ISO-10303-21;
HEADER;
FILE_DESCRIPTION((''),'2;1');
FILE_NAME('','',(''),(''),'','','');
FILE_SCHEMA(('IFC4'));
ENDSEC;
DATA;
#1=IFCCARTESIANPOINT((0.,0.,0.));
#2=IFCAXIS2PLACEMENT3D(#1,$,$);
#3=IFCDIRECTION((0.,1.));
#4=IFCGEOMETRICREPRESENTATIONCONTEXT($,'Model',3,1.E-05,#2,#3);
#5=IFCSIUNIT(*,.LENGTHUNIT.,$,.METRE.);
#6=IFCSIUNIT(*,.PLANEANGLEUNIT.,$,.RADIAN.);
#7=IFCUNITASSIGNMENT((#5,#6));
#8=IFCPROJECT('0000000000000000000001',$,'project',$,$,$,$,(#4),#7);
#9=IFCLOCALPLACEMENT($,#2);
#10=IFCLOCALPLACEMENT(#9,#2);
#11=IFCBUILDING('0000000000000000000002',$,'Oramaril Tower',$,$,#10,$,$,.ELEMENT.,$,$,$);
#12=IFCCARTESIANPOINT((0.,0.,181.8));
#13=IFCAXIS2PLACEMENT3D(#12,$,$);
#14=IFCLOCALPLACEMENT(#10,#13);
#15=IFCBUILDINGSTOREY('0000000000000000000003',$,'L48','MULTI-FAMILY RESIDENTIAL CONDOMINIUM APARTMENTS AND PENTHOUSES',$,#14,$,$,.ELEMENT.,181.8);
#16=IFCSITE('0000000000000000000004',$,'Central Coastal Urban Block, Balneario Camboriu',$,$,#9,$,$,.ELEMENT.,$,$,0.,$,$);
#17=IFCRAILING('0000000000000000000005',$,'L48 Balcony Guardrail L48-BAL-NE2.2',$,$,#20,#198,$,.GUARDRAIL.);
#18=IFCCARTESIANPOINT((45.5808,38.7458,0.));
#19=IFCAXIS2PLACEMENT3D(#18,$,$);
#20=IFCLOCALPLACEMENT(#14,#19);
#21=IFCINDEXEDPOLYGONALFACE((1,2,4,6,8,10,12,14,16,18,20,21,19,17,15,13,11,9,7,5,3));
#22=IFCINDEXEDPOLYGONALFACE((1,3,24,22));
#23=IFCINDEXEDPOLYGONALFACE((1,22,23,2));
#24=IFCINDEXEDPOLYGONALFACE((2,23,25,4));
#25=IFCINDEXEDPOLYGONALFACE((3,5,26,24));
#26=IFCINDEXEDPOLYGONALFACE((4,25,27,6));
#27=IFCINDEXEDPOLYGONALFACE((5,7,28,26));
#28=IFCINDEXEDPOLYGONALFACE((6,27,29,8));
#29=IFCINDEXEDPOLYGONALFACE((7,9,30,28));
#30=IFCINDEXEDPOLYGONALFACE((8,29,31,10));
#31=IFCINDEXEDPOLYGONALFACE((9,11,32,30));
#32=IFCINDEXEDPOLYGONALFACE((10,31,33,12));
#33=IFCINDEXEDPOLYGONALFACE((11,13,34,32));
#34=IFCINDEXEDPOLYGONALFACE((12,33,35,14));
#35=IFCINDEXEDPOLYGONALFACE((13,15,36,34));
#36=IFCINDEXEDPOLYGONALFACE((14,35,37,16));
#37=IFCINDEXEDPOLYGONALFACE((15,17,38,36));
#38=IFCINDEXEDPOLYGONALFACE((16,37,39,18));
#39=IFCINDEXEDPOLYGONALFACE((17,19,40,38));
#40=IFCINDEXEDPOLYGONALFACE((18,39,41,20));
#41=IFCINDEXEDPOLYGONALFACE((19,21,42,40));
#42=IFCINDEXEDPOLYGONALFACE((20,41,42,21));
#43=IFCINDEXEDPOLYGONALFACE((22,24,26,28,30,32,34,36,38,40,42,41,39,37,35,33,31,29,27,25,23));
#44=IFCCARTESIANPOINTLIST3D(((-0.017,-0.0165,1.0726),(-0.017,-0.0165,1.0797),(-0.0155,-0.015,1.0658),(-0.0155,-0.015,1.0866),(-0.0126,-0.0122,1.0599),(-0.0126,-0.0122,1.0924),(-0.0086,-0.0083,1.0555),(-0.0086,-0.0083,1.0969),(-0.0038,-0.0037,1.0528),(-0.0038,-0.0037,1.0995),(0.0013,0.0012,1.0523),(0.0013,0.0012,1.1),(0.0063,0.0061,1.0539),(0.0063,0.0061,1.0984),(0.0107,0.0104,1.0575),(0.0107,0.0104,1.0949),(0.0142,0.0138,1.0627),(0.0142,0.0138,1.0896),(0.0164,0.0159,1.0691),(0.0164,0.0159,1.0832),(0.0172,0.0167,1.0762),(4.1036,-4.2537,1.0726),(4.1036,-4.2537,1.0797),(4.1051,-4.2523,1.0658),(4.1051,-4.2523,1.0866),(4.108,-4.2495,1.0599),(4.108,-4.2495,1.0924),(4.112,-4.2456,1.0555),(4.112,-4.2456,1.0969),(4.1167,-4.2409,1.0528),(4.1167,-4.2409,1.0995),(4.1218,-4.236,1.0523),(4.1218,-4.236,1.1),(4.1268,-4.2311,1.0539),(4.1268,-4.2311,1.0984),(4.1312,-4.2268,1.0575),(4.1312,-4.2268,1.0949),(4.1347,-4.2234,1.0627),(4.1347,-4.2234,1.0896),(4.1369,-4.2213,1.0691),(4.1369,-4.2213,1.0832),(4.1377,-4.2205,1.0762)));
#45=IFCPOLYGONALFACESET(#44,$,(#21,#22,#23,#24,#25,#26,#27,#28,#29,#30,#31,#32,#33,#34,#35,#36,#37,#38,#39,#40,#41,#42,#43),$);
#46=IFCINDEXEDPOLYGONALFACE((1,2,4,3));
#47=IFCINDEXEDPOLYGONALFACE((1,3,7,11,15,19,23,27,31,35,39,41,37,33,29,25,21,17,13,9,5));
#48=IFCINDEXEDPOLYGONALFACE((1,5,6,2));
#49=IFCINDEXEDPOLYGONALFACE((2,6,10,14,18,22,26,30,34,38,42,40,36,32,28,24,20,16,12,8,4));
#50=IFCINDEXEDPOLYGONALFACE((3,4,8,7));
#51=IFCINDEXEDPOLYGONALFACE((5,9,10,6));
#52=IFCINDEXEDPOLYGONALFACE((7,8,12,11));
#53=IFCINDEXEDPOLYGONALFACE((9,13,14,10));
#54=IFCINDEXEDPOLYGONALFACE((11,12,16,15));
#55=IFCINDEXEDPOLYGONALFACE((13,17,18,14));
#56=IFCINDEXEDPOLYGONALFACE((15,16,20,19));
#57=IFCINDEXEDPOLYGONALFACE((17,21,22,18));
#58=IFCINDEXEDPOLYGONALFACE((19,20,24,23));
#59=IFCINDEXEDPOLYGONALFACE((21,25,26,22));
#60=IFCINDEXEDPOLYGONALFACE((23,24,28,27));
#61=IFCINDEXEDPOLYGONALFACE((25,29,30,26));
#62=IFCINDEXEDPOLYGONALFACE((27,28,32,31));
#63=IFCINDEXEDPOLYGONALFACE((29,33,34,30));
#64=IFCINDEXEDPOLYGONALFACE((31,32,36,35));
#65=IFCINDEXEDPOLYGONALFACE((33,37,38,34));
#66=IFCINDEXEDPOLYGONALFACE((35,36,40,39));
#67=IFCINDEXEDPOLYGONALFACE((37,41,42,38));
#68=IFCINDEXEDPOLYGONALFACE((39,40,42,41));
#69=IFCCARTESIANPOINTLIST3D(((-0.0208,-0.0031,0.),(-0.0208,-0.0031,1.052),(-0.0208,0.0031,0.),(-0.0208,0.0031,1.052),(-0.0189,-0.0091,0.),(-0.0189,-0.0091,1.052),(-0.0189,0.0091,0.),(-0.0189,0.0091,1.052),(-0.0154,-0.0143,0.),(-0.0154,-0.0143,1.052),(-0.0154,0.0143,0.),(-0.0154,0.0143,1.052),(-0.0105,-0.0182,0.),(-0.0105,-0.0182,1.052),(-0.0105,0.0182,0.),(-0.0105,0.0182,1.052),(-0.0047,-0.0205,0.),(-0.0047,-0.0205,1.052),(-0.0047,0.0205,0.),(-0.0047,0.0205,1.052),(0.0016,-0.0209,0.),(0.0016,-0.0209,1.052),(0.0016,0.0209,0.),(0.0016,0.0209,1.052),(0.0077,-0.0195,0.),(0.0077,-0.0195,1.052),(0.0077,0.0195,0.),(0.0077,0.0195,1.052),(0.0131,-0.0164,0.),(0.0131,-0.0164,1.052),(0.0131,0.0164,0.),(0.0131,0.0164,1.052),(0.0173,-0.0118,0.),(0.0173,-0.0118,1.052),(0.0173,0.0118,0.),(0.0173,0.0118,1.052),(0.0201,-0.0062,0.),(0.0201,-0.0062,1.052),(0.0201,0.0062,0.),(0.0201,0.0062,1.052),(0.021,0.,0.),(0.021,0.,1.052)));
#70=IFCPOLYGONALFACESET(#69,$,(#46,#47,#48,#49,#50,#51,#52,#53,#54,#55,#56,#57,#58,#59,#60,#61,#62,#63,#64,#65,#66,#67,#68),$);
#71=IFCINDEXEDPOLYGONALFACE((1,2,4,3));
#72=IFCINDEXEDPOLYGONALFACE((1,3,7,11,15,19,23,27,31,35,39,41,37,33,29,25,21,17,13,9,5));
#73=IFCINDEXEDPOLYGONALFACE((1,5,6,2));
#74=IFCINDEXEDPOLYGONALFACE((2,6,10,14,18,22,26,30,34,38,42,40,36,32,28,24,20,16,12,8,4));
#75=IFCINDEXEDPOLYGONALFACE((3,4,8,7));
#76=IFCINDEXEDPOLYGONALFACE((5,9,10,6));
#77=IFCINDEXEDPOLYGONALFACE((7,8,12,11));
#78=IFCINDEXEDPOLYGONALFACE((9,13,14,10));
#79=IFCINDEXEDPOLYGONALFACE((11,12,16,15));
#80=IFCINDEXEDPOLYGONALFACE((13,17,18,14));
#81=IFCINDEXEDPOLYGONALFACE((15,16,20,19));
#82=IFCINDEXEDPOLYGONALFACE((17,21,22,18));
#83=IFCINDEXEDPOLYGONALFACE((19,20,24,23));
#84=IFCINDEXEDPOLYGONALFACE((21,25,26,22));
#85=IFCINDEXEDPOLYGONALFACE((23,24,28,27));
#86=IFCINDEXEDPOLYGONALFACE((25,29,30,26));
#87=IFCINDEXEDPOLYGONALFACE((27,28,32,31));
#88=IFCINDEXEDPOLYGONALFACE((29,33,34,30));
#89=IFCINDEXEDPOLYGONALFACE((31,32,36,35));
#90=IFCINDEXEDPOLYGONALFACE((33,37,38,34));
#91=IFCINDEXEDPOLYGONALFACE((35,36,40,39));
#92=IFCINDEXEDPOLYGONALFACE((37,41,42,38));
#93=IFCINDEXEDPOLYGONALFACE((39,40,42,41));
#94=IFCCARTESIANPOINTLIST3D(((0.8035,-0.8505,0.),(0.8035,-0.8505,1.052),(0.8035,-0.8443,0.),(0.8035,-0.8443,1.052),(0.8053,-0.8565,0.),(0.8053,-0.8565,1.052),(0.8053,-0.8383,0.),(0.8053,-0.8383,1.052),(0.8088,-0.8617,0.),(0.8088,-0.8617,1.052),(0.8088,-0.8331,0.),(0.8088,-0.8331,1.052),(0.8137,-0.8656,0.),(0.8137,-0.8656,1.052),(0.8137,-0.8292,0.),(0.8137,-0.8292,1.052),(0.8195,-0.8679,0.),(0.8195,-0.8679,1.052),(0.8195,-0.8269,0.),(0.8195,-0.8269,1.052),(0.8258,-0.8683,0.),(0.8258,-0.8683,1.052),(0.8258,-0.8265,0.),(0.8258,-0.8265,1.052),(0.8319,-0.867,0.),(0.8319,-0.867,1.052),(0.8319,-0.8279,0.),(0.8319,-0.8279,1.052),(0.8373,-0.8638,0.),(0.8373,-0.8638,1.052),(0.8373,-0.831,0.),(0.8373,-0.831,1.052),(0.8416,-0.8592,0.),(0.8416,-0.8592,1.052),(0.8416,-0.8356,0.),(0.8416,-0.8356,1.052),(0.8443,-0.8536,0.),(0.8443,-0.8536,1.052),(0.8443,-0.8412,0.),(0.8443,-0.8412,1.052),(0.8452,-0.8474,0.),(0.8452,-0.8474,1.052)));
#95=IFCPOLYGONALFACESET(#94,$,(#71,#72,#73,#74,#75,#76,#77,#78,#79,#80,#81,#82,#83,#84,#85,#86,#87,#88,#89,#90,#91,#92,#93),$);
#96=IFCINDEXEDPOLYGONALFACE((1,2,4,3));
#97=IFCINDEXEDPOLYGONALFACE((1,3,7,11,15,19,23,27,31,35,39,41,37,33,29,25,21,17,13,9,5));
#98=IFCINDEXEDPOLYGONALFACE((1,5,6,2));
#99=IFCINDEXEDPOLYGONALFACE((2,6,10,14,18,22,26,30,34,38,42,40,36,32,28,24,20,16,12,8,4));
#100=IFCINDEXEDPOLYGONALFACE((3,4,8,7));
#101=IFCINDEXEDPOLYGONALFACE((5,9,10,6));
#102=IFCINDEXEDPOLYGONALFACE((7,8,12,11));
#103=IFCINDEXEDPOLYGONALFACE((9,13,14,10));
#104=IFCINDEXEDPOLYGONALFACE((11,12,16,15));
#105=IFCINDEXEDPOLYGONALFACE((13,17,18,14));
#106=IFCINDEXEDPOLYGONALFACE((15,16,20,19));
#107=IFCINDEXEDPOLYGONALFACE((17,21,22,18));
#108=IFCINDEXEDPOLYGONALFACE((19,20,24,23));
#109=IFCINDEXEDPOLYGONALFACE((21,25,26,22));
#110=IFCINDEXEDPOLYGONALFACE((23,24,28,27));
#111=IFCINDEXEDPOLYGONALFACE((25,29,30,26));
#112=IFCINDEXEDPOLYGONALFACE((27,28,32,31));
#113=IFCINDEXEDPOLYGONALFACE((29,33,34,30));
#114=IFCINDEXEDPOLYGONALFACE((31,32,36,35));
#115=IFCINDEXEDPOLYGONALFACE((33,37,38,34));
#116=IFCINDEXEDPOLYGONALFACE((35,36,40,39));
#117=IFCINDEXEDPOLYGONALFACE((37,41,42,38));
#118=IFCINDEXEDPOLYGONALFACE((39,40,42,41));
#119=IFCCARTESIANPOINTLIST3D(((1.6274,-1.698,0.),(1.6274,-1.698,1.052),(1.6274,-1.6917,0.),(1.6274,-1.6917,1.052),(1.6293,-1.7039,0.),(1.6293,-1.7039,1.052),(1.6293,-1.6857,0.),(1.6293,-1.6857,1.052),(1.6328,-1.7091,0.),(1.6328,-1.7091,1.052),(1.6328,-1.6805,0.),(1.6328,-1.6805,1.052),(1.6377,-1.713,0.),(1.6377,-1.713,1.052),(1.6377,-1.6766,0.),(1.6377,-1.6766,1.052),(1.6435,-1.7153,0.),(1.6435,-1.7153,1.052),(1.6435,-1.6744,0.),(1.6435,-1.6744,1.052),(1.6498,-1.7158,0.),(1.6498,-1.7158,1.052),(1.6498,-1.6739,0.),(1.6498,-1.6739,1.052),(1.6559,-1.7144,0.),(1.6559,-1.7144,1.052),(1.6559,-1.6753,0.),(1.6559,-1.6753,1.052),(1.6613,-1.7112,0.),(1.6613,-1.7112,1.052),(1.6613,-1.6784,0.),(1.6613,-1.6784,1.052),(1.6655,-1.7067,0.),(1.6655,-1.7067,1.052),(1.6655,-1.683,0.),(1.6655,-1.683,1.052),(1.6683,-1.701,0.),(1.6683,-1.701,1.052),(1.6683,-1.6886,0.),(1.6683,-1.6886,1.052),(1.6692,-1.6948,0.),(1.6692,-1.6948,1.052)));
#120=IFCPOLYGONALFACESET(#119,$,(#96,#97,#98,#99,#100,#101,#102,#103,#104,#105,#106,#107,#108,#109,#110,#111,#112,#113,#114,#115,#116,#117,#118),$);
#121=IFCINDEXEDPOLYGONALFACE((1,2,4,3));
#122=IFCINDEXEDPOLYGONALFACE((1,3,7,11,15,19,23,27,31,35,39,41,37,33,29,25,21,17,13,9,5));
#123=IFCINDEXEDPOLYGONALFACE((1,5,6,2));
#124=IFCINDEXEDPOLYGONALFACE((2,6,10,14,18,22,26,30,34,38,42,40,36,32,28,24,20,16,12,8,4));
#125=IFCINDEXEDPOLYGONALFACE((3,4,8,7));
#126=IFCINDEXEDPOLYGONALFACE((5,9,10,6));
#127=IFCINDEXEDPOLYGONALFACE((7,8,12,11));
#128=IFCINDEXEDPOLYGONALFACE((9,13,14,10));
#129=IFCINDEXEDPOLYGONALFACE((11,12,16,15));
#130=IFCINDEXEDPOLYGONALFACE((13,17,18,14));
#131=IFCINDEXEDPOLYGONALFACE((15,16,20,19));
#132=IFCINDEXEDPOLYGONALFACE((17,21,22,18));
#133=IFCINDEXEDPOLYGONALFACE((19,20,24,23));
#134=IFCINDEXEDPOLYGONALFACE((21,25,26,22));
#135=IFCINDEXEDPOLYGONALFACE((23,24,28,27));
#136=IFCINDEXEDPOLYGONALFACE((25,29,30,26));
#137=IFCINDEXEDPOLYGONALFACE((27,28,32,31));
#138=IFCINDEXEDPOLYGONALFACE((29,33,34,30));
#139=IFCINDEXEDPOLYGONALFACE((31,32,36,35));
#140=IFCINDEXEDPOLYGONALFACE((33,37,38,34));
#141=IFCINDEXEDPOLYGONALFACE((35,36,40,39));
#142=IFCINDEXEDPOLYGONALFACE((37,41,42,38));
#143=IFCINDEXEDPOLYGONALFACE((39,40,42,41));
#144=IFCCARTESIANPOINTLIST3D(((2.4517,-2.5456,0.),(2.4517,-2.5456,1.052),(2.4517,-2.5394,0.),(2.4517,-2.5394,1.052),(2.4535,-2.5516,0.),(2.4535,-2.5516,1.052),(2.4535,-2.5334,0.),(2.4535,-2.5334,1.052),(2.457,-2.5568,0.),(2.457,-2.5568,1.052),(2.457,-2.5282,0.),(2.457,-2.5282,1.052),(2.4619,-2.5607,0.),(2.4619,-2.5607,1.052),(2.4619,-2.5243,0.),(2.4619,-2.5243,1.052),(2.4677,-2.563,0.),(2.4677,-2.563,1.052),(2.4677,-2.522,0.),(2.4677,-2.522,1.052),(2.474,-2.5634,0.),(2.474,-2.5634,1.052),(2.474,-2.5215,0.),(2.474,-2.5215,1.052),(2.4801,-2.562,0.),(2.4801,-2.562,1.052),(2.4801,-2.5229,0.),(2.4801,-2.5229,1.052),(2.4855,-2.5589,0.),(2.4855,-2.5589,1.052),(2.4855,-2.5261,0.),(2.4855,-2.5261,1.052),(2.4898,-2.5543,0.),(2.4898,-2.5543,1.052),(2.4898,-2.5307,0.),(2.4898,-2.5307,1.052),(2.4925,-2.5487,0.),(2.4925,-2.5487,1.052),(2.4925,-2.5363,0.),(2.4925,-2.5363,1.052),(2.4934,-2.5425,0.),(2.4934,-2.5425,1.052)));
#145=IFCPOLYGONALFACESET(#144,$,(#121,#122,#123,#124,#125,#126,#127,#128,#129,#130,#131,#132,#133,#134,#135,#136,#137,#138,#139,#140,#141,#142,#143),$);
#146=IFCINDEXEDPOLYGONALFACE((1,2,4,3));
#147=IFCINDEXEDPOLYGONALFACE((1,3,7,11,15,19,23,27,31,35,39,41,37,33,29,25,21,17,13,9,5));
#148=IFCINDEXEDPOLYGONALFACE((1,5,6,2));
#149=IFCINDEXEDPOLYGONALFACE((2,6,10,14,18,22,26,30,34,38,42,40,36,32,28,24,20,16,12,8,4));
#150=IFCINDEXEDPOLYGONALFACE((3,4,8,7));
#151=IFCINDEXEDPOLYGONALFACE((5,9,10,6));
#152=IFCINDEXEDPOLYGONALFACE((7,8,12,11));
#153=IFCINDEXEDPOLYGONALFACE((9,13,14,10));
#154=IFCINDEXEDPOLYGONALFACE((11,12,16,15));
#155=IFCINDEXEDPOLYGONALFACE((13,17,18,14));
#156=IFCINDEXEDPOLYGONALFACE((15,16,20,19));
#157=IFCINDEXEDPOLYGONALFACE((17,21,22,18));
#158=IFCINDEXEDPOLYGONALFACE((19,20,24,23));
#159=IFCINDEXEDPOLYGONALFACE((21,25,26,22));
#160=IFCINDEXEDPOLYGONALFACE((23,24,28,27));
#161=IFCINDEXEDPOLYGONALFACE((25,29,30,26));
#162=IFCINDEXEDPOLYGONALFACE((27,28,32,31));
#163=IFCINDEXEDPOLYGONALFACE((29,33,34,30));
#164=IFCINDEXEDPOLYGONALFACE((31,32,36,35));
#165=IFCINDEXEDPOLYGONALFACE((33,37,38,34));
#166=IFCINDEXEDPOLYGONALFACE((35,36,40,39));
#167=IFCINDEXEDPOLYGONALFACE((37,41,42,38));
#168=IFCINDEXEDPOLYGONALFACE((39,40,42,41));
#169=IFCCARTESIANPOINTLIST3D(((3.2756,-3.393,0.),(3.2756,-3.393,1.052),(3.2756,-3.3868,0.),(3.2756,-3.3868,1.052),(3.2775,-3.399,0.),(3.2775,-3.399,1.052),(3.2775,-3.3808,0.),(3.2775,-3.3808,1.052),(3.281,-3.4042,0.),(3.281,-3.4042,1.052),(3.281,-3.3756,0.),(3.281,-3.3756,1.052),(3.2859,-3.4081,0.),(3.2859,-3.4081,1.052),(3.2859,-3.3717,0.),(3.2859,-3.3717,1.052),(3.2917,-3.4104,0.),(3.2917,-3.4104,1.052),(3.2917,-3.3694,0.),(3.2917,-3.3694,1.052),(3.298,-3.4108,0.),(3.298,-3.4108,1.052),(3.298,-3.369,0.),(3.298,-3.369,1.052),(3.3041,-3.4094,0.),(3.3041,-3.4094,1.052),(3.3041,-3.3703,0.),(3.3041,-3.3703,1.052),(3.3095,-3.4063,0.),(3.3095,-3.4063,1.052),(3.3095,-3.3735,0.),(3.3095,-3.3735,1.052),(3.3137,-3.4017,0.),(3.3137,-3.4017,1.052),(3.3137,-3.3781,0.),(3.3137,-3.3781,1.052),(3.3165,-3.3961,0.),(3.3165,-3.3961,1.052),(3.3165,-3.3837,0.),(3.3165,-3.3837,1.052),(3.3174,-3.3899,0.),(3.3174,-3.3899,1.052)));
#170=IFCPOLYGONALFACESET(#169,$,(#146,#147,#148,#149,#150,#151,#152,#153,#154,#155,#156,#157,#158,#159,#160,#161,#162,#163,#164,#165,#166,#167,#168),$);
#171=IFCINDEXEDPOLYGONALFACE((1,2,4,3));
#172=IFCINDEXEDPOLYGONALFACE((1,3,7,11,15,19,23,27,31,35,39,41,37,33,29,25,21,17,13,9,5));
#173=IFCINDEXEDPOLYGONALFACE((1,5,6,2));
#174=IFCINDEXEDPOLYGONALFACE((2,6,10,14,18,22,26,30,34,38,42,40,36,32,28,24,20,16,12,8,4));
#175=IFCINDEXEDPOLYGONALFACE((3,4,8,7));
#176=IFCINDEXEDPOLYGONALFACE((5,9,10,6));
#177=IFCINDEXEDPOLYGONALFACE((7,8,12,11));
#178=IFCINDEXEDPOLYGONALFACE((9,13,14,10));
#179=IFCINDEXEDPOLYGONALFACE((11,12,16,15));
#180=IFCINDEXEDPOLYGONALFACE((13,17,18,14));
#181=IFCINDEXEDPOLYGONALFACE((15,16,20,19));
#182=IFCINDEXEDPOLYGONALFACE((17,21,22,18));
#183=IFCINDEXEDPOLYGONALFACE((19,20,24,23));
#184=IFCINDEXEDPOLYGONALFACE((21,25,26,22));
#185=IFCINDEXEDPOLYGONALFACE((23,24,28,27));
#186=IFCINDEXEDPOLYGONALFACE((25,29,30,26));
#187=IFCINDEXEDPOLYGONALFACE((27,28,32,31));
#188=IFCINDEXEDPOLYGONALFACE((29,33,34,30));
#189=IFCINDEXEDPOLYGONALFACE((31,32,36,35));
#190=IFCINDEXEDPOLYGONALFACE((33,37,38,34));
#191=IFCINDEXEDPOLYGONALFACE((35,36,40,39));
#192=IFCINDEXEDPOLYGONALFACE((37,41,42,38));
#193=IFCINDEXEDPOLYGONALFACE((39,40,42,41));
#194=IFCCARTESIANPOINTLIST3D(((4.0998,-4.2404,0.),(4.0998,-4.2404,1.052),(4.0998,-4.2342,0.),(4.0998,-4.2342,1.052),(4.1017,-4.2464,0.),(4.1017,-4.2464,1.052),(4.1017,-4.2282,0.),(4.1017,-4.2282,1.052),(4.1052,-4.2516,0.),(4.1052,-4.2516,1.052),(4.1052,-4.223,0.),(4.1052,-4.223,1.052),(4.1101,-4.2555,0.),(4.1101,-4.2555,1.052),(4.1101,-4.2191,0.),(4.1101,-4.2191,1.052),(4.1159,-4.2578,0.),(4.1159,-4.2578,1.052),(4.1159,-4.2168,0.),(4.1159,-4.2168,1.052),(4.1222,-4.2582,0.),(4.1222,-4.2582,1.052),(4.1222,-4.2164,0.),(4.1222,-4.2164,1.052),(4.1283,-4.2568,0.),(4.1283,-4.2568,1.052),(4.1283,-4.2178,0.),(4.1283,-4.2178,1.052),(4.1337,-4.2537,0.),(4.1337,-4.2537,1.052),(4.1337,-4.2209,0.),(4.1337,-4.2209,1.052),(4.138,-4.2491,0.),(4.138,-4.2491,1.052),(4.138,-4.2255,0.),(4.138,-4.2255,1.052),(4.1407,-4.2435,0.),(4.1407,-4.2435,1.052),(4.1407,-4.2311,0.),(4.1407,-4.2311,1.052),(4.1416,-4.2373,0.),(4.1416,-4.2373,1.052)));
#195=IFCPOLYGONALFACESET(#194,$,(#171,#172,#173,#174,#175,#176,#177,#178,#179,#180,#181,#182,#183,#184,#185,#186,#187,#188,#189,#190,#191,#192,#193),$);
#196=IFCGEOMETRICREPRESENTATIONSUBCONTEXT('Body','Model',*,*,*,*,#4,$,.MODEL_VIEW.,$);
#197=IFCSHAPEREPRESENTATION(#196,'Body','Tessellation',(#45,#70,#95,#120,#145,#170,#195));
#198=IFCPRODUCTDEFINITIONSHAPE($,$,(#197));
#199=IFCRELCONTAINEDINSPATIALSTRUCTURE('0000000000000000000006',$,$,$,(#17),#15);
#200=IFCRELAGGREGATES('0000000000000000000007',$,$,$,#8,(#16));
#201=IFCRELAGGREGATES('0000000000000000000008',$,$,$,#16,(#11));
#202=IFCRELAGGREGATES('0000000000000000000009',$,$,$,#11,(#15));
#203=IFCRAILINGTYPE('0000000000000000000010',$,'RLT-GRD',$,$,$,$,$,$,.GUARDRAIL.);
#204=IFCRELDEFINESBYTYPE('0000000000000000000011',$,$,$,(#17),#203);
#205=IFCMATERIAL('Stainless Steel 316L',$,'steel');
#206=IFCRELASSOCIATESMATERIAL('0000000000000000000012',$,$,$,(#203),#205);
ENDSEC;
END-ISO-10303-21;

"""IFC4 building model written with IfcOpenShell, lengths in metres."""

from ifc_helpers import new_model, si_unit, direction, frame, origin, origin_2d, place, context, subcontext, project, spatial, circle, extrude, material, type_object, element, save


model = new_model("IFC4")

# Units and contexts
model_context = context("Model", 3, precision=1e-05, world=origin(), true_north=direction((0.0, 1.0)))
body_context = subcontext(model_context, "Body", "Model", "MODEL_VIEW")
ifc_project = project(units=[si_unit("LENGTHUNIT", "METRE"), si_unit("PLANEANGLEUNIT", "RADIAN")], contexts=[model_context])

# Site, building, storey
site_placement = place(None, origin())
site = spatial("IfcSite", under=ifc_project, at=site_placement, Name="Central Coastal Urban Block, Balneario Camboriu", CompositionType="ELEMENT", RefElevation=0.0)
building_placement = place(site_placement, origin())
building = spatial("IfcBuilding", under=site, at=building_placement, Name="Oramaril Tower", CompositionType="ELEMENT")
storey_placement = place(building_placement, frame((0.0, 0.0, 181.8)))
storey = spatial("IfcBuildingStorey", under=building, at=storey_placement, Name="L48", Description="MULTI-FAMILY RESIDENTIAL CONDOMINIUM APARTMENTS AND PENTHOUSES", CompositionType="ELEMENT", Elevation=181.8)

# Railing
ifc_material_1 = material(Name="Stainless Steel 316L", Category="steel")
railing_type = type_object("IfcRailingType", Name="RLT-GRD", PredefinedType="GUARDRAIL", material=ifc_material_1)
railing_1_placement = place(storey_placement, frame((45.5808, 38.7458, 0.0)))
element("IfcRailing", 1, at=railing_1_placement, inside=storey, type_object=railing_type, Name="L48 Balcony Guardrail L48-BAL-NE2.2", PredefinedType="GUARDRAIL", context=body_context, shape_type="SweptSolid", body=[
    extrude(circle(Radius=0.0239, at=origin_2d()), frame((0.0, 0.0, 1.0762), z_axis=(0.697166, -0.71691, 0.0), x_axis=(0.71691, 0.697166, 0.0)), (0.0, 0.0, 1.0), 5.9104),
    extrude(circle(Radius=0.021, at=origin_2d()), origin(), (0.0, 0.0, 1.0), 1.052),
    extrude(circle(Radius=0.021, at=origin_2d()), frame((0.8242, -0.8474, 0.0)), (0.0, 0.0, 1.0), 1.052),
    extrude(circle(Radius=0.021, at=origin_2d()), frame((1.6482, -1.6948, 0.0)), (0.0, 0.0, 1.0), 1.052),
    extrude(circle(Radius=0.021, at=origin_2d()), frame((2.4724, -2.5425, 0.0)), (0.0, 0.0, 1.0), 1.052),
    extrude(circle(Radius=0.021, at=origin_2d()), frame((3.2964, -3.3899, 0.0)), (0.0, 0.0, 1.0), 1.052),
    extrude(circle(Radius=0.021, at=origin_2d()), frame((4.1206, -4.2373, 0.0)), (0.0, 0.0, 1.0), 1.052),
])

save(model, "model.ifc")
